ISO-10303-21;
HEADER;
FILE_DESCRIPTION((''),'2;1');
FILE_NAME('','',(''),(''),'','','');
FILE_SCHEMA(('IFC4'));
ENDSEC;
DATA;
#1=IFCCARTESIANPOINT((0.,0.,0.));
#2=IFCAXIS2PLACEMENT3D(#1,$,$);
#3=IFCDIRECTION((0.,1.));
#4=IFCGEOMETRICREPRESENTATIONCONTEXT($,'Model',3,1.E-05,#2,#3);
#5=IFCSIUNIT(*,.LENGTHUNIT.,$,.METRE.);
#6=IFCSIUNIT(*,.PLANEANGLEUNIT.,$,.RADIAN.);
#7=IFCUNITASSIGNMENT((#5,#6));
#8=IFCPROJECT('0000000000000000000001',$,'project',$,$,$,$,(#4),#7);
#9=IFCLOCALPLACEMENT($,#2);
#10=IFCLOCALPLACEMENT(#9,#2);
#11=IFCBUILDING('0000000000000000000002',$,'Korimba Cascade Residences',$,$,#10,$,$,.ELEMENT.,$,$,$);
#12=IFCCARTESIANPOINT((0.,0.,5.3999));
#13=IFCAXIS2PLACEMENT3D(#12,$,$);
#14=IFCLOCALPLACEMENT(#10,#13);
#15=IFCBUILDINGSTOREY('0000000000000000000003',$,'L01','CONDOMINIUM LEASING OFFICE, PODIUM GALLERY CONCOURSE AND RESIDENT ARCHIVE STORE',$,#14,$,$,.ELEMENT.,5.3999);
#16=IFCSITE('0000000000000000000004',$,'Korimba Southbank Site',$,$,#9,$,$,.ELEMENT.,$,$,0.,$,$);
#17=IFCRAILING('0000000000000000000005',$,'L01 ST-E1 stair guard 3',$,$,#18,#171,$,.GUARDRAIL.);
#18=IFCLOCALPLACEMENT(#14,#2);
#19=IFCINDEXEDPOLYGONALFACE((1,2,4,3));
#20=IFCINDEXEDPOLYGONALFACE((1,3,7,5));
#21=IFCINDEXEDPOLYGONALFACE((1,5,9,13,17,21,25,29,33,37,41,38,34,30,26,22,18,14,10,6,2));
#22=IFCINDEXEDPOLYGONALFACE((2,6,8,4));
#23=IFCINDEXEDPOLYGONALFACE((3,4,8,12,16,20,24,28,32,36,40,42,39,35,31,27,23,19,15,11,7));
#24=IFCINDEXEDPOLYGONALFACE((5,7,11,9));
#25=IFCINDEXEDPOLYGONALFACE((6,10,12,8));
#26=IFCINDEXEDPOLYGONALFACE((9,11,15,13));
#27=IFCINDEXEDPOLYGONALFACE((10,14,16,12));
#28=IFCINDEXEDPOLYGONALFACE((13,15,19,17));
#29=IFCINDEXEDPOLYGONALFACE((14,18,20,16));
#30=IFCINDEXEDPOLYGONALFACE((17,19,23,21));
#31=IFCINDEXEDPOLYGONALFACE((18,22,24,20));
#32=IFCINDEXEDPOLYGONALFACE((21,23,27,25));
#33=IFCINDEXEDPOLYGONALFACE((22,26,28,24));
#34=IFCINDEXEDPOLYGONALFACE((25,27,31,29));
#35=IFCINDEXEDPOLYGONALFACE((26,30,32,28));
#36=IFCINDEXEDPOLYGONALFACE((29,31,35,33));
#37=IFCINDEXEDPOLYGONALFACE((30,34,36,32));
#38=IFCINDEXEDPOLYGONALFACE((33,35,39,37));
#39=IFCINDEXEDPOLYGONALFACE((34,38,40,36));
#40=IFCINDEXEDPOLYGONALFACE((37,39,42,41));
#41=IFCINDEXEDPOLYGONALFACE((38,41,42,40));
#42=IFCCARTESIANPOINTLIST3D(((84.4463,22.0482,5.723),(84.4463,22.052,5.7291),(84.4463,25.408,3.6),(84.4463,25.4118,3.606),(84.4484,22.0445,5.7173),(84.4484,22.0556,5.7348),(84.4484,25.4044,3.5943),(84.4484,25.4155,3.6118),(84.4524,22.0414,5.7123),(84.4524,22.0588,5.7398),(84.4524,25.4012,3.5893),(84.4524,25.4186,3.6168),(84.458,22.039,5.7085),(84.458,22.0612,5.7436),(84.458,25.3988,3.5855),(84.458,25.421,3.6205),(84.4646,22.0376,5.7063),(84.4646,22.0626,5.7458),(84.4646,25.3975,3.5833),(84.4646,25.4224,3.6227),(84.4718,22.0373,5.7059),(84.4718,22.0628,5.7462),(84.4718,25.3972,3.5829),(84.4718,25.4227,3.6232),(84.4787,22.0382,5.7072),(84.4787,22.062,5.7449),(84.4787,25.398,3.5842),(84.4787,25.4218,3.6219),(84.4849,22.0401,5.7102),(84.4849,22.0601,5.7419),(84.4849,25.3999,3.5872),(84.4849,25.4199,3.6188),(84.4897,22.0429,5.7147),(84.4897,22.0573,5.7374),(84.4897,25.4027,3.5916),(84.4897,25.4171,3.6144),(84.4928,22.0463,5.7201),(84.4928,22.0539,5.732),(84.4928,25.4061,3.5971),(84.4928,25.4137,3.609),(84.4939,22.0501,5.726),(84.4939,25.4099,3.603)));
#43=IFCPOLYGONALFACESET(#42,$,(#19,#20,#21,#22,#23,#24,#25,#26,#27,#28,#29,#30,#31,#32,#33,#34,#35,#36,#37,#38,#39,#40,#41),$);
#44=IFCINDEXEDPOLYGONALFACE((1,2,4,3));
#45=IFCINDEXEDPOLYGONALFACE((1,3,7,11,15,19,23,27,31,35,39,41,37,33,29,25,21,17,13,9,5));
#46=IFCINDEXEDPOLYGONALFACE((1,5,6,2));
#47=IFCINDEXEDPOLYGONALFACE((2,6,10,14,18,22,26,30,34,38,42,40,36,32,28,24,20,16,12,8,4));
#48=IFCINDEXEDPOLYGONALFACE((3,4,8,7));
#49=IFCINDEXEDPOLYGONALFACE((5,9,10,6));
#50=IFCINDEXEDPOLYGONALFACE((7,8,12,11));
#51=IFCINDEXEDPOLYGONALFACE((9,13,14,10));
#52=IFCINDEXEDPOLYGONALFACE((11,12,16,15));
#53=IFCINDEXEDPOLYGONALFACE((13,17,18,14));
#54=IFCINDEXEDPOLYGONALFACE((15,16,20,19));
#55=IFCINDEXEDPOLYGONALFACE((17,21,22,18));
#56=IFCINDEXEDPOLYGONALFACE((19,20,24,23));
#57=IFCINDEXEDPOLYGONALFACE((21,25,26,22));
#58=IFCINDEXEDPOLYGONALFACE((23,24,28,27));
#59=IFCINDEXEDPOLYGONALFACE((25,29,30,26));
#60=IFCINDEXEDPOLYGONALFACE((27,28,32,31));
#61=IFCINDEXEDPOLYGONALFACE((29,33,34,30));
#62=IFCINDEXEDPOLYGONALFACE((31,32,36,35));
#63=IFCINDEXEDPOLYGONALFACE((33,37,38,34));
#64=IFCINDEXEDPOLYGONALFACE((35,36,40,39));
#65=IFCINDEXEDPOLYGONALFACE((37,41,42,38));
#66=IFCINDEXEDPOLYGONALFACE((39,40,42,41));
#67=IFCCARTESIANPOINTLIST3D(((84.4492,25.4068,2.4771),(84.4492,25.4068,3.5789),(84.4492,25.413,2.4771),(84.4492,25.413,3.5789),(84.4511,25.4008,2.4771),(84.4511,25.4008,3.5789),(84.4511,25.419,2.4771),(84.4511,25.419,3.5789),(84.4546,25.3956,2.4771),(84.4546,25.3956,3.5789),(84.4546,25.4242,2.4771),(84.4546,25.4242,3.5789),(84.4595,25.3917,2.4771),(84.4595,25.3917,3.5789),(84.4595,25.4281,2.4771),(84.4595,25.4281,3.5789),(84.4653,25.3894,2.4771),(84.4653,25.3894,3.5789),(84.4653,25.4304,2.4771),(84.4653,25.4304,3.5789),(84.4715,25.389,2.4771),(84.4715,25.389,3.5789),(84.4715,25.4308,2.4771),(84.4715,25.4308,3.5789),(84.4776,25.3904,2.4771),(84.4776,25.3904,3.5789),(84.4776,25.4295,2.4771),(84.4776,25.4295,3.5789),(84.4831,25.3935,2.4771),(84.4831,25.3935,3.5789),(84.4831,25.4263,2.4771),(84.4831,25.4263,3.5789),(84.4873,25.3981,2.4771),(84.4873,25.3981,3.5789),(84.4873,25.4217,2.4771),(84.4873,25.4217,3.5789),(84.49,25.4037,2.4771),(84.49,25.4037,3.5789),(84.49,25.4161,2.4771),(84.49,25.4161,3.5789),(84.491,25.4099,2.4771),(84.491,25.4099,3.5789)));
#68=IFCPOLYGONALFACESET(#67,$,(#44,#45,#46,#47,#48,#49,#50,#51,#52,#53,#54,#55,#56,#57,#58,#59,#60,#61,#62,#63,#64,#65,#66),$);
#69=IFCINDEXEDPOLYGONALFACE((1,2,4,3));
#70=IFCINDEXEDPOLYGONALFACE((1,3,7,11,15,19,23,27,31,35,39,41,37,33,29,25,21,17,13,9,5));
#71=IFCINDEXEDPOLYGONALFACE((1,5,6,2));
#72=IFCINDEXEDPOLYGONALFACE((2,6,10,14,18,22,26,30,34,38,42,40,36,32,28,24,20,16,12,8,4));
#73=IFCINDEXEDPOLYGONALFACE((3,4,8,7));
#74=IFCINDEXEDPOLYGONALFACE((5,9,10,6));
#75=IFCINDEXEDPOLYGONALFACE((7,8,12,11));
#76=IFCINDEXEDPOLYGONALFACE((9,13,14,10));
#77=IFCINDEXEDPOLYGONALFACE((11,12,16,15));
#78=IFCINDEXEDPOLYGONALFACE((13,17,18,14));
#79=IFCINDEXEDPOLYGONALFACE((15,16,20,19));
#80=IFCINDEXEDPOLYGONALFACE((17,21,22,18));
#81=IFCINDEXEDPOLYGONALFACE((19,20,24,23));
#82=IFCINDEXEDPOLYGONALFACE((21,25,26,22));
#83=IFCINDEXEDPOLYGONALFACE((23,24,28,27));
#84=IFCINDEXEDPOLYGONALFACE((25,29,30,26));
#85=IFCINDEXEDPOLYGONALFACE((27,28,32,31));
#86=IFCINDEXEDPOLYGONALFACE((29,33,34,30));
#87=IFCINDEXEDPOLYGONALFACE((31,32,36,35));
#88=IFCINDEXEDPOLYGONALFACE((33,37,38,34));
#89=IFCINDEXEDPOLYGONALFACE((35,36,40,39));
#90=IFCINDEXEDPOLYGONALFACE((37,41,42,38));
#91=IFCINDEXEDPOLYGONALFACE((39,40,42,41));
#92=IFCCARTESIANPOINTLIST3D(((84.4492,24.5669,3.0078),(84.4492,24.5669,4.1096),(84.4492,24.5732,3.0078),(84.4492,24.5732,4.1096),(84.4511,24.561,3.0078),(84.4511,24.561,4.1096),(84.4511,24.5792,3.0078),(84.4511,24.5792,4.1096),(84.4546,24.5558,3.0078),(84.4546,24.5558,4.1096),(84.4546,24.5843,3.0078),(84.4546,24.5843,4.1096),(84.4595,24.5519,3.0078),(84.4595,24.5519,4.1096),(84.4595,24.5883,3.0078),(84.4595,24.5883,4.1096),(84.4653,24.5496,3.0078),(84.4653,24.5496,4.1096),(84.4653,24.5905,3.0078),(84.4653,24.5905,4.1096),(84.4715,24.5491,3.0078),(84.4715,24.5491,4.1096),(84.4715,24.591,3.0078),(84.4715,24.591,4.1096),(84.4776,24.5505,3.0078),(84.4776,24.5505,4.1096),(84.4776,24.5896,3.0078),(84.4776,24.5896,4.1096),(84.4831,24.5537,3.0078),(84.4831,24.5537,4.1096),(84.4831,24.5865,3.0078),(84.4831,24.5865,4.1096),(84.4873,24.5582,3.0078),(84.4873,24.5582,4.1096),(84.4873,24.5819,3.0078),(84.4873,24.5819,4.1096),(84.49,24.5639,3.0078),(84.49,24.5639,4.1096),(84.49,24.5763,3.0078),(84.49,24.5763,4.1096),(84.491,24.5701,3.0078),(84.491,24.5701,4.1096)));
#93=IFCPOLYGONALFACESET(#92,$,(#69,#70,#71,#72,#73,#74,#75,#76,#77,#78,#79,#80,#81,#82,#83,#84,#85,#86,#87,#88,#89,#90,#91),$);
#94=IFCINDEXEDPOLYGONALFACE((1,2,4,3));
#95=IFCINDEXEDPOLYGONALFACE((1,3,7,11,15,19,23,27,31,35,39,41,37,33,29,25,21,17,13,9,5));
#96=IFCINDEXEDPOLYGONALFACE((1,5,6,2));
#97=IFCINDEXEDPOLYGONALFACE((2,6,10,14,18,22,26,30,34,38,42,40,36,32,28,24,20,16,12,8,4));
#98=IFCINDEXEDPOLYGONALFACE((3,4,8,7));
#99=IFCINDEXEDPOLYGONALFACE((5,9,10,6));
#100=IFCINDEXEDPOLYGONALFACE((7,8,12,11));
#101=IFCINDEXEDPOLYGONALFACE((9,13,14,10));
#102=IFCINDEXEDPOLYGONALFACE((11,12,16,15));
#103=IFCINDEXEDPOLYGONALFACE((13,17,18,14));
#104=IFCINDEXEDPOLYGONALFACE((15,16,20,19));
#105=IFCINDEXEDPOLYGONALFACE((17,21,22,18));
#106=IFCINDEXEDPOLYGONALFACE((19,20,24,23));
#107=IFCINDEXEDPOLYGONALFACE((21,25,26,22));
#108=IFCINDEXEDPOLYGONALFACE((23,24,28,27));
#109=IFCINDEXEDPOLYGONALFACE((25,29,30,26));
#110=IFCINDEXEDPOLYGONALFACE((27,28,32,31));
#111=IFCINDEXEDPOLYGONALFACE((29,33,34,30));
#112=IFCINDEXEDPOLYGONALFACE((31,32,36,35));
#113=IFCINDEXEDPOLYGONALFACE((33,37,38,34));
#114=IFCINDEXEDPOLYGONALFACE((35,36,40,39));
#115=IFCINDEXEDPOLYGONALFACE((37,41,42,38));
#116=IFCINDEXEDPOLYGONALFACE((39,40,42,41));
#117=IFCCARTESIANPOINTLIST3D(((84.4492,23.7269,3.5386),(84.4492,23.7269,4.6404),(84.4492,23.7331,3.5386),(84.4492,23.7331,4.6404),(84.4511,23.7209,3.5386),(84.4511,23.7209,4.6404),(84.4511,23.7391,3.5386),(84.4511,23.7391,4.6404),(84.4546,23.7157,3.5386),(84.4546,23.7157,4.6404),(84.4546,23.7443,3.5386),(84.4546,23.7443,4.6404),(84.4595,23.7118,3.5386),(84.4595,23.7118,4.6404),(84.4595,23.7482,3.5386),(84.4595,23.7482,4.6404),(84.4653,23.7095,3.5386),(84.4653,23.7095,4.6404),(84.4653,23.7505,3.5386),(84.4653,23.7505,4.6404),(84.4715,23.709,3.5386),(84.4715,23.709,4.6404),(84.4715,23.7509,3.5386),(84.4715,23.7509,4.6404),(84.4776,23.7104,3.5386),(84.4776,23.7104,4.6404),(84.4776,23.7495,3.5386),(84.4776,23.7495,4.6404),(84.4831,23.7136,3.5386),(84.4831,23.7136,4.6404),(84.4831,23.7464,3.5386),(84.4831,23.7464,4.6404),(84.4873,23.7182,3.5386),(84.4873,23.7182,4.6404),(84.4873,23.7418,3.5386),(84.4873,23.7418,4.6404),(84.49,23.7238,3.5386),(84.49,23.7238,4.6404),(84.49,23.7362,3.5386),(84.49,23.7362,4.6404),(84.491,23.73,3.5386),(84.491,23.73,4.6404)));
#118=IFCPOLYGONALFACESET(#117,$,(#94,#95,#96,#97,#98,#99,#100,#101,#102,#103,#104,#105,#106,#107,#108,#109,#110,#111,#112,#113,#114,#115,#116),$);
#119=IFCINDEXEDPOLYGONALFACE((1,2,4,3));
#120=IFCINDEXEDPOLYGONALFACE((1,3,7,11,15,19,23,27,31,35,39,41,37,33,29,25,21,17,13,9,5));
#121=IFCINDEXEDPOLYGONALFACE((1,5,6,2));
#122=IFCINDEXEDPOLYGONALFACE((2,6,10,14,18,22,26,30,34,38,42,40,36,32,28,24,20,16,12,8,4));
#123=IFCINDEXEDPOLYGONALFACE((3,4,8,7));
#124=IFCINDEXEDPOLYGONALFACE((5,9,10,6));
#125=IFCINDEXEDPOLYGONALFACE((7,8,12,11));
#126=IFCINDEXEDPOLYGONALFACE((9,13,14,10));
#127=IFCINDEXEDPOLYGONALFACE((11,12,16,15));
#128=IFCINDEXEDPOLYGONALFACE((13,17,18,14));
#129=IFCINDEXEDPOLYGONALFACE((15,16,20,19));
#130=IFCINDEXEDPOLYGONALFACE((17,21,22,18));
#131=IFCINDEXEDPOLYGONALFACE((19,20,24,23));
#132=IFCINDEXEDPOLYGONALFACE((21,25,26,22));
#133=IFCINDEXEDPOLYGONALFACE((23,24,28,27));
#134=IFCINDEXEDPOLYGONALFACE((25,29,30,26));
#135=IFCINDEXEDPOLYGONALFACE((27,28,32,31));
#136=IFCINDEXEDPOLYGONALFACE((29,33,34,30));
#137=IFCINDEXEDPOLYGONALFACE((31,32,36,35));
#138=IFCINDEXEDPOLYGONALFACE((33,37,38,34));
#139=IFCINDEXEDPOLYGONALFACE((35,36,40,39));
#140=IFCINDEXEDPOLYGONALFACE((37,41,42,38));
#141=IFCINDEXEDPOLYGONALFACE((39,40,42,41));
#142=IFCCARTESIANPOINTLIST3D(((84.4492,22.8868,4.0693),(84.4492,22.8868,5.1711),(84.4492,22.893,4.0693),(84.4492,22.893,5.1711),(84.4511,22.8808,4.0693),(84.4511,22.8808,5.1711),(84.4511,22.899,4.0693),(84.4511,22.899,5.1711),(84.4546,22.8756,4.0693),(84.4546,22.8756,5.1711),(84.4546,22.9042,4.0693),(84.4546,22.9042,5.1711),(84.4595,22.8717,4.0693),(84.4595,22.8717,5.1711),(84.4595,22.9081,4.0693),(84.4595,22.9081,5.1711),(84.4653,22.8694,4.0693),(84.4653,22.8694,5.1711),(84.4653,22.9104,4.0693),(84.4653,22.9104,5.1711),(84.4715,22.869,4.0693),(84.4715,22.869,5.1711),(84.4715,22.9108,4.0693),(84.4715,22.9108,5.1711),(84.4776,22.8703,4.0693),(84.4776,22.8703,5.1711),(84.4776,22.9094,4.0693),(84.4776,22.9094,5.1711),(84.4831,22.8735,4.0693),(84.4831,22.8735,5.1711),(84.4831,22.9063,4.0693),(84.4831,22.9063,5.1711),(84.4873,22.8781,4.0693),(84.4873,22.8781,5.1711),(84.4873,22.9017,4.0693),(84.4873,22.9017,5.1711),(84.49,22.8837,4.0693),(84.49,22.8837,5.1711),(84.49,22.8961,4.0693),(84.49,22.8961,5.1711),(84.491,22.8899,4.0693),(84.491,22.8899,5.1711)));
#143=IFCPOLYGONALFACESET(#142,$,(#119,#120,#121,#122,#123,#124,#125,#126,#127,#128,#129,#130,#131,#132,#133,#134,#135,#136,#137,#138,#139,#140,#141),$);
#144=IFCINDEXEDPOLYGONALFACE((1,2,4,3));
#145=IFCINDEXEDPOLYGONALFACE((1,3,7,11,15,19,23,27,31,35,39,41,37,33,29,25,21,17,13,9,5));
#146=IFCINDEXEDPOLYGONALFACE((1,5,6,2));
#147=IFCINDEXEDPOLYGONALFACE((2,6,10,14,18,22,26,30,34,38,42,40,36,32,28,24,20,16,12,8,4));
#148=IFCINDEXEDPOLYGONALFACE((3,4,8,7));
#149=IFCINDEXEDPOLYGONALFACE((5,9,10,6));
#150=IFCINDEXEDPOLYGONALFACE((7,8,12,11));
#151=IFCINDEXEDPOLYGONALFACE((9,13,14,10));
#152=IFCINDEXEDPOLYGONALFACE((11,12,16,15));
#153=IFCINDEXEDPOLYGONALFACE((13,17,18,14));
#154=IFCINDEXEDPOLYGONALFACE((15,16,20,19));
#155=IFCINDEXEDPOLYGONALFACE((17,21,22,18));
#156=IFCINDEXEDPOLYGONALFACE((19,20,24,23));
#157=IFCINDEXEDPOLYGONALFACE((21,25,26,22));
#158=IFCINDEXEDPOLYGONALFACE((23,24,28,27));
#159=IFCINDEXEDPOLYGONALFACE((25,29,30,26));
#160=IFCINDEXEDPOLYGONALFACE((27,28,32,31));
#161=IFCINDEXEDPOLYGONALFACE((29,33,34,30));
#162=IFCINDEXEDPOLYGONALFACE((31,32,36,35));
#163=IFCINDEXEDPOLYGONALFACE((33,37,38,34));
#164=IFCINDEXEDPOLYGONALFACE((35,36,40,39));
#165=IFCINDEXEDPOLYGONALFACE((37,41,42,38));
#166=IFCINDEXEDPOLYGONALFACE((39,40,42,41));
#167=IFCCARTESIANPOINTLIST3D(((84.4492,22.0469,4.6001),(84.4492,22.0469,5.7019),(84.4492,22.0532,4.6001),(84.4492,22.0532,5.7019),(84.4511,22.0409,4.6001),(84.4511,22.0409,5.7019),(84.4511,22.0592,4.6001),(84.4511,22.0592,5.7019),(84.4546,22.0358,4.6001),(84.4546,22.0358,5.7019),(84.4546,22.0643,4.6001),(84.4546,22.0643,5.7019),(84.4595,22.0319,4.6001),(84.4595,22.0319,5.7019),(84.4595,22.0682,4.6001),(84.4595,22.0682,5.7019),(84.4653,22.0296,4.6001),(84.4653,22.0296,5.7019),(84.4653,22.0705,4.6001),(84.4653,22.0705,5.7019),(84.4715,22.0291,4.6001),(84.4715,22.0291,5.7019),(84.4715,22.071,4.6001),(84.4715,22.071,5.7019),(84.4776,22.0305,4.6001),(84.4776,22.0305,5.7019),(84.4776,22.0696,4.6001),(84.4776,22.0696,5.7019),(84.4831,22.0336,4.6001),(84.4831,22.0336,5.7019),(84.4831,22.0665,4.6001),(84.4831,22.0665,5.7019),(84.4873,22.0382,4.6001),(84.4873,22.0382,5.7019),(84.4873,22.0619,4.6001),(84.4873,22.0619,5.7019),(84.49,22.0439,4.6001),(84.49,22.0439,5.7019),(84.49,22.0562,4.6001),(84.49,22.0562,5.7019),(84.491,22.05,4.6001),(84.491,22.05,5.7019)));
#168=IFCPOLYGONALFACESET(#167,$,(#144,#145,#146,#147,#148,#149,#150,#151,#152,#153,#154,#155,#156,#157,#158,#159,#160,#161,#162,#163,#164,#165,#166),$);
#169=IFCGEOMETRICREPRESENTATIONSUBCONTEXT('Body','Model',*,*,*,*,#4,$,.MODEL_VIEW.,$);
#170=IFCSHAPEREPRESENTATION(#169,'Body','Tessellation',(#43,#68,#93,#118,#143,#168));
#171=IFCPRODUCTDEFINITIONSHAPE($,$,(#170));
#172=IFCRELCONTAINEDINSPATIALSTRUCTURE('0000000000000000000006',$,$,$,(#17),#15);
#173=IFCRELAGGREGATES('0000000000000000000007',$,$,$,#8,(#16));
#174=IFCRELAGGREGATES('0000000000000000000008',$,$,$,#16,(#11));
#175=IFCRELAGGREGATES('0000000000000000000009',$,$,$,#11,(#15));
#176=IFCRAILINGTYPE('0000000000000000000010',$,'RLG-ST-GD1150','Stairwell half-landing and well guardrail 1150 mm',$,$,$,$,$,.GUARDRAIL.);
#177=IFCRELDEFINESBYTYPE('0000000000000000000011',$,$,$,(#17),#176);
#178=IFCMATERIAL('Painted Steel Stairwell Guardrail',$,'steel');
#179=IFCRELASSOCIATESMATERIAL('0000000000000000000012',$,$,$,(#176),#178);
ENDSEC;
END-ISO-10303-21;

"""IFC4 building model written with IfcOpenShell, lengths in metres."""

from ifc_helpers import new_model, si_unit, direction, frame, origin, origin_2d, place, context, subcontext, project, spatial, circle, extrude, material, type_object, element, save


model = new_model("IFC4")

# Units and contexts
model_context = context("Model", 3, precision=1e-05, world=origin(), true_north=direction((0.0, 1.0)))
body_context = subcontext(model_context, "Body", "Model", "MODEL_VIEW")
ifc_project = project(units=[si_unit("LENGTHUNIT", "METRE"), si_unit("PLANEANGLEUNIT", "RADIAN")], contexts=[model_context])

# Site, building, storey
site_placement = place(None, origin())
site = spatial("IfcSite", under=ifc_project, at=site_placement, Name="Korimba Southbank Site", CompositionType="ELEMENT", RefElevation=0.0)
building_placement = place(site_placement, origin())
building = spatial("IfcBuilding", under=site, at=building_placement, Name="Korimba Cascade Residences", CompositionType="ELEMENT")
storey_placement = place(building_placement, frame((0.0, 0.0, 5.3999)))
storey = spatial("IfcBuildingStorey", under=building, at=storey_placement, Name="L01", Description="CONDOMINIUM LEASING OFFICE, PODIUM GALLERY CONCOURSE AND RESIDENT ARCHIVE STORE", CompositionType="ELEMENT", Elevation=5.3999)

# Railing
ifc_material_1 = material(Name="Painted Steel Stairwell Guardrail", Category="steel")
railing_type_1 = type_object("IfcRailingType", Name="RLG-ST-GD1150", Description="Stairwell half-landing and well guardrail 1150 mm", PredefinedType="GUARDRAIL", material=ifc_material_1)
railing_1_placement = place(storey_placement, frame((84.47, 25.4099, 2.4771)))
element("IfcRailing", 1, at=railing_1_placement, inside=storey, type_object=railing_type_1, Name="L01 ST-E1 stair guard 3", PredefinedType="GUARDRAIL", context=body_context, shape_type="SweptSolid", body=[
    extrude(circle(Radius=0.0239, at=origin_2d()), frame((0.0, 0.0, 1.126), z_axis=(0.0, -0.845372, 0.534178), x_axis=(1.0, 0.0, 0.0)), (0.0, 0.0, 1.0), 3.9744),
    extrude(circle(Radius=0.021, at=origin_2d()), origin(), (0.0, 0.0, 1.0), 1.1018),
    extrude(circle(Radius=0.021, at=origin_2d()), frame((0.0, -0.8398, 0.5308)), (0.0, 0.0, 1.0), 1.1018),
    extrude(circle(Radius=0.021, at=origin_2d()), frame((0.0, -1.6799, 1.0615)), (0.0, 0.0, 1.0), 1.1018),
    extrude(circle(Radius=0.021, at=origin_2d()), frame((0.0, -2.52, 1.5923)), (0.0, 0.0, 1.0), 1.1018),
    extrude(circle(Radius=0.021, at=origin_2d()), frame((0.0, -3.3599, 2.123)), (0.0, 0.0, 1.0), 1.1018),
])

save(model, "model.ifc")
